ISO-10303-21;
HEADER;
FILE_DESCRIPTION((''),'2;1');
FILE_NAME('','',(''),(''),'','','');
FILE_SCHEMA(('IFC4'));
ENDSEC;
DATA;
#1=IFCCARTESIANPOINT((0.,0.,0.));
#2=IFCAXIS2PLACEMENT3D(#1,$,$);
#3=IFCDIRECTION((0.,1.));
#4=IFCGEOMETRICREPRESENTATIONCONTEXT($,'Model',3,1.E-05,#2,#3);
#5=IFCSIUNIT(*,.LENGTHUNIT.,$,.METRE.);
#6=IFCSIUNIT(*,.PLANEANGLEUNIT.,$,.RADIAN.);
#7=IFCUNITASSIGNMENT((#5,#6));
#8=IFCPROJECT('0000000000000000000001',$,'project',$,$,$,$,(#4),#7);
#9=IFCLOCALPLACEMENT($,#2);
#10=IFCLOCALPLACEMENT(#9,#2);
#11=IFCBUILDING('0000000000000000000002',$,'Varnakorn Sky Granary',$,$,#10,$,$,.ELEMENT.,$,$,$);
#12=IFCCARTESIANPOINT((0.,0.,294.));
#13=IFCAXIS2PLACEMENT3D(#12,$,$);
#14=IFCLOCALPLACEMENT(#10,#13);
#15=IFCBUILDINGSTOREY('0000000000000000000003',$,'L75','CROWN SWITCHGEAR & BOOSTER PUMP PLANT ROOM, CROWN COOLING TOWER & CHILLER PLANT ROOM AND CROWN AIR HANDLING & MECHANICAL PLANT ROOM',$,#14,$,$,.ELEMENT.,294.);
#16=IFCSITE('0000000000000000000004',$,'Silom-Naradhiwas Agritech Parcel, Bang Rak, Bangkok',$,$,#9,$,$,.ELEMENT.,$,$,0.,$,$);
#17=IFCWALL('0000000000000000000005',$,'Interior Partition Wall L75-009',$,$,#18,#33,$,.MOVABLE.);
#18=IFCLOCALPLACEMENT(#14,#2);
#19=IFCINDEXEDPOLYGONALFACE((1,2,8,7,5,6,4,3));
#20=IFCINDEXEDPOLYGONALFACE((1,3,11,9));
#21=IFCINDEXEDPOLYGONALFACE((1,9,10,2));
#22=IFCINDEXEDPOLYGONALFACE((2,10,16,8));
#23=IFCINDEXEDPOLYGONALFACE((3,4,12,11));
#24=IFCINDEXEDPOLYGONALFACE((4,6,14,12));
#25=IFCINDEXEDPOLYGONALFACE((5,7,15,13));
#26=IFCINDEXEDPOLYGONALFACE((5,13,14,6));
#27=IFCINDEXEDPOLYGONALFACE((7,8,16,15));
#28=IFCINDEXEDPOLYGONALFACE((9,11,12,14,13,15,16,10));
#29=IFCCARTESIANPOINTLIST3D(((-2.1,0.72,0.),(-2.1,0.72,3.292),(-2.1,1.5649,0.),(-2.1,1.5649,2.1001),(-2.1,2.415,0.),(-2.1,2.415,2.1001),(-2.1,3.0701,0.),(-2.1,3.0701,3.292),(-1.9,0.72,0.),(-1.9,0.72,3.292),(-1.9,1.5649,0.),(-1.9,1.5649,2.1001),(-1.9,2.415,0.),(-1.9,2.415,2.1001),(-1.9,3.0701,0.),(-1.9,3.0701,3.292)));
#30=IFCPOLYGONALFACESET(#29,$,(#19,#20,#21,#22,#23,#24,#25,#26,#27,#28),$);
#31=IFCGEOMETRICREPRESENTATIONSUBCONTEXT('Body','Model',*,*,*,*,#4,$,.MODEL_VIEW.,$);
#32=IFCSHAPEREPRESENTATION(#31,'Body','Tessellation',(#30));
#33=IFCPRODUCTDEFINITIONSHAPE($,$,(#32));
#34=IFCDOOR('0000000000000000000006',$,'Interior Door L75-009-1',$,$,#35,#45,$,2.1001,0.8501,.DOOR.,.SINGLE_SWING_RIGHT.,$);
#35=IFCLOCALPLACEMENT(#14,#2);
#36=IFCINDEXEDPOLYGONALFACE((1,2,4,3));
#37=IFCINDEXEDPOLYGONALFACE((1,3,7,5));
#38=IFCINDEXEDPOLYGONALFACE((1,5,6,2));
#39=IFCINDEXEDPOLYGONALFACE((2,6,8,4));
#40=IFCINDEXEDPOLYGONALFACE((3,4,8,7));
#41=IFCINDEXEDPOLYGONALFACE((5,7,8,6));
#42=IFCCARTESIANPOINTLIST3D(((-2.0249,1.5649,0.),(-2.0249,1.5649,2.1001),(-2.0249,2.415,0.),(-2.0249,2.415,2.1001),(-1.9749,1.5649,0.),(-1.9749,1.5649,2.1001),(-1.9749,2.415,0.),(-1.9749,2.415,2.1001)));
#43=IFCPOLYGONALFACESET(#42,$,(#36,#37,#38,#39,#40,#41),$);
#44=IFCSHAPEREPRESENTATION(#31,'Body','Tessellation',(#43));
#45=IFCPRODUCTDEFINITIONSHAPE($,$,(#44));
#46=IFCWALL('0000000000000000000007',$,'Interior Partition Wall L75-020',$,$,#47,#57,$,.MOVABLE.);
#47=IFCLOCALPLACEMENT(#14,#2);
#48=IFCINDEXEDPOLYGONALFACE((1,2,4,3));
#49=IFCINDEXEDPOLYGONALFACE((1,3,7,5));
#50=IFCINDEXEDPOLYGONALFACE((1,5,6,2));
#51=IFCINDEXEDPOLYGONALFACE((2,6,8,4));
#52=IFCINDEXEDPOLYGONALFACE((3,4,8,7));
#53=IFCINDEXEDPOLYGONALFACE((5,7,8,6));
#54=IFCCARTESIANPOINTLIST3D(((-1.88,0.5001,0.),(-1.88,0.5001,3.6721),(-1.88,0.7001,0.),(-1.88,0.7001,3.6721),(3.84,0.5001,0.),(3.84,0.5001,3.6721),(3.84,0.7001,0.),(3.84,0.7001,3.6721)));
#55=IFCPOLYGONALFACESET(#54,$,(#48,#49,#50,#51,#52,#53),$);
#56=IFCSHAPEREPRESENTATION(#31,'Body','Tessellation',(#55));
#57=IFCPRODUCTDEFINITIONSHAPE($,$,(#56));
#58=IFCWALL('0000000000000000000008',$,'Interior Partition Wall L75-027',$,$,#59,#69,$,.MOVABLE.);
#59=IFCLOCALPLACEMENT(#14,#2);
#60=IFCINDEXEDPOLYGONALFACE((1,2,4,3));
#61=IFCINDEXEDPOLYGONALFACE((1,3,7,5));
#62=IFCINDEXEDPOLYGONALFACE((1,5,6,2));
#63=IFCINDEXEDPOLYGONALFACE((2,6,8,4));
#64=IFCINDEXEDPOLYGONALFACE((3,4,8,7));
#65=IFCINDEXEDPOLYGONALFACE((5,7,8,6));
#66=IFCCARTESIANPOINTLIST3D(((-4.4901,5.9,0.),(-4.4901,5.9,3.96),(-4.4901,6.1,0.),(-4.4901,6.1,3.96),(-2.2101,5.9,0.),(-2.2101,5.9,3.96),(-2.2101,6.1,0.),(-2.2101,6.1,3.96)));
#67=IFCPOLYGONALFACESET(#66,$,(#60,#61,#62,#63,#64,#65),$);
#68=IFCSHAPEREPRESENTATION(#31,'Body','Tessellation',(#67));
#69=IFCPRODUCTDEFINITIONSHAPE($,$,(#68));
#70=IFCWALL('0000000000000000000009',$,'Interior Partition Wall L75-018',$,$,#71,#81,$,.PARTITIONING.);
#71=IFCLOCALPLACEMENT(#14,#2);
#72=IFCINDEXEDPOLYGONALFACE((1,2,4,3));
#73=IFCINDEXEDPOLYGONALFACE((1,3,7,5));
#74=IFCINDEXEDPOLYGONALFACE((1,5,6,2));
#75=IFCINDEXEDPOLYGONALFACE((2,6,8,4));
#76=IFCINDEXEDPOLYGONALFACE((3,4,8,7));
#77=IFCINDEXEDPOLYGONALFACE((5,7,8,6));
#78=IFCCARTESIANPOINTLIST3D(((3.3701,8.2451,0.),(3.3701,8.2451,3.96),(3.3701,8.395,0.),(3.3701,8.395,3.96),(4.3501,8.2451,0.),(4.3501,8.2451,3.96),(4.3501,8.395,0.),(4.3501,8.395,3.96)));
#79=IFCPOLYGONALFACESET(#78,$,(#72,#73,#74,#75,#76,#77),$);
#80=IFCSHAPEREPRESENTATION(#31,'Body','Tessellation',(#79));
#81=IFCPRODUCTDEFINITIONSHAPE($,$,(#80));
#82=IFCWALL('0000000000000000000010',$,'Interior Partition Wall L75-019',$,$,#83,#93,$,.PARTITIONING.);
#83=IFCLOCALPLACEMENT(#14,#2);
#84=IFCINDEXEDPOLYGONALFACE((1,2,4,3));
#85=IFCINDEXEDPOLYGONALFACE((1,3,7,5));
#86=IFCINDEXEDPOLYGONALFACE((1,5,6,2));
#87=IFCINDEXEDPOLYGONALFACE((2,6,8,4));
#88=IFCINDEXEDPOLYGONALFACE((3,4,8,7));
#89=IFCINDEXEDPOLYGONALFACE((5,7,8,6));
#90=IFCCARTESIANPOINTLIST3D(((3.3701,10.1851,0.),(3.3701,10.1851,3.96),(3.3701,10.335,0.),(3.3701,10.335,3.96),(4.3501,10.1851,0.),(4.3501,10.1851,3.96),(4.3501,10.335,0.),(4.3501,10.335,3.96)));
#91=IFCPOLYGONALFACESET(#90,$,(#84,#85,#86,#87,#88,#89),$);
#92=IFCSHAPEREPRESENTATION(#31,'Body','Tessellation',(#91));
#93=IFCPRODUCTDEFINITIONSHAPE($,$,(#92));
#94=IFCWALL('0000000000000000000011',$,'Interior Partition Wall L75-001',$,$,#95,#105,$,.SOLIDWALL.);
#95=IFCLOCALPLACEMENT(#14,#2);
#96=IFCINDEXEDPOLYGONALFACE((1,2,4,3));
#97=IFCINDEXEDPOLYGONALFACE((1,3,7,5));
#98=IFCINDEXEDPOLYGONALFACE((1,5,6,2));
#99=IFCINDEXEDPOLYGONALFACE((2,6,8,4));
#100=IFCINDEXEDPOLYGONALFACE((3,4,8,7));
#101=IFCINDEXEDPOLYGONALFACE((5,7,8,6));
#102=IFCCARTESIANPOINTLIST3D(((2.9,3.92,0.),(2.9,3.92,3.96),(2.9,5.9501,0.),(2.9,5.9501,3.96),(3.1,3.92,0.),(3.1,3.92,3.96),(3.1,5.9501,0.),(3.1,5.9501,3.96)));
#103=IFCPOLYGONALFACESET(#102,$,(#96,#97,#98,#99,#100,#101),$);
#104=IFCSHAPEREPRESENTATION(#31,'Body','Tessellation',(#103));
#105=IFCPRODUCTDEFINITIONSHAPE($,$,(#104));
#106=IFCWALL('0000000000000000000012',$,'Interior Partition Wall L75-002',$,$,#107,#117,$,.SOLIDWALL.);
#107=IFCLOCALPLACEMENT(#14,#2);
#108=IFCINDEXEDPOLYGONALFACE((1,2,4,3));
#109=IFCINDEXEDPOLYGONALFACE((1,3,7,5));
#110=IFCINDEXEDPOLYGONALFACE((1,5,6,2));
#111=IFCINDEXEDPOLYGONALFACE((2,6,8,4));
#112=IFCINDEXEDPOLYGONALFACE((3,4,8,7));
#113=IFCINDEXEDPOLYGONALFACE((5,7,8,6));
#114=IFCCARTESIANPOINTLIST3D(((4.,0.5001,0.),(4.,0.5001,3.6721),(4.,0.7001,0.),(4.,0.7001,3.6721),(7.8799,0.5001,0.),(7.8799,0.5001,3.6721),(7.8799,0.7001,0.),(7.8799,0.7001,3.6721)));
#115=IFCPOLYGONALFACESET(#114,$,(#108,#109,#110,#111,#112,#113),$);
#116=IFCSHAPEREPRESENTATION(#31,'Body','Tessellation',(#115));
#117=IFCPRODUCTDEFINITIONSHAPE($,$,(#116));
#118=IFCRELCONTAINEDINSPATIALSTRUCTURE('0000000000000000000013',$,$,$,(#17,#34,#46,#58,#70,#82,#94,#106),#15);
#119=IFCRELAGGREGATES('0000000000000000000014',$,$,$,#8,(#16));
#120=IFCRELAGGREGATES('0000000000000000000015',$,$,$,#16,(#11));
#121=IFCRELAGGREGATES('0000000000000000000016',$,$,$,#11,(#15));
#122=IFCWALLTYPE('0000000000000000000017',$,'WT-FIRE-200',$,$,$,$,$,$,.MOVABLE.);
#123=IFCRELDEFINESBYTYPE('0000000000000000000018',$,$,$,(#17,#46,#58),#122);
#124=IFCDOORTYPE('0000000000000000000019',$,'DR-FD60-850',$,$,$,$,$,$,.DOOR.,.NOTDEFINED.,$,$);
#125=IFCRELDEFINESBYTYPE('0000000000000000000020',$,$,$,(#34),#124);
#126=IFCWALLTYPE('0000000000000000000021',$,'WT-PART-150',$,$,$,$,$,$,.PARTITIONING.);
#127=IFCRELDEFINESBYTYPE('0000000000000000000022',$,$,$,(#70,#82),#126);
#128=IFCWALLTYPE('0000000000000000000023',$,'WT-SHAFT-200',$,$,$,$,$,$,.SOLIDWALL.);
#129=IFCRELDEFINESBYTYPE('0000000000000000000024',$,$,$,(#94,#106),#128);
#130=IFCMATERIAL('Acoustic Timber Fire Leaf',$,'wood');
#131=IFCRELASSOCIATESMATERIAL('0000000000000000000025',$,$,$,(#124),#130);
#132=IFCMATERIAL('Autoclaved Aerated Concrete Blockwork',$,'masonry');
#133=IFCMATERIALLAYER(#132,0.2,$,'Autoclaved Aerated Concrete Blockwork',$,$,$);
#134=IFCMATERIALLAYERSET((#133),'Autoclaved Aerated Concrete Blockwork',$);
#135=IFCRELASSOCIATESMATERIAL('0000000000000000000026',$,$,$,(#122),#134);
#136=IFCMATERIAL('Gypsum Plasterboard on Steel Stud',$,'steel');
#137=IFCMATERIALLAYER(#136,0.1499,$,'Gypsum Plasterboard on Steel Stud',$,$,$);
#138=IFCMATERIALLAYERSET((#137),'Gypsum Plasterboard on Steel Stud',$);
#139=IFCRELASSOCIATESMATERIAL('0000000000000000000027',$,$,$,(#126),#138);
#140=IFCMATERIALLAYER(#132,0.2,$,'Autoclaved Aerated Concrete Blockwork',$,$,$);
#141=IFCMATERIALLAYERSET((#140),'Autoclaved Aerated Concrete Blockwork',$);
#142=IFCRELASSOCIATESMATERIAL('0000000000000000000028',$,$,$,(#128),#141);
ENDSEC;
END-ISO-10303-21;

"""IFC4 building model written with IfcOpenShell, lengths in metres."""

from ifc_helpers import new_model, si_unit, direction, frame, frame_2d, origin, place, context, subcontext, project, spatial, rectangle, extrude, material, layer, layer_set, type_object, element, fill, save


model = new_model("IFC4")

# Units and contexts
model_context = context("Model", 3, precision=1e-05, world=origin(), true_north=direction((0.0, 1.0)))
body_context = subcontext(model_context, "Body", "Model", "MODEL_VIEW")
ifc_project = project(units=[si_unit("LENGTHUNIT", "METRE"), si_unit("PLANEANGLEUNIT", "RADIAN")], contexts=[model_context])

# Site, building, storey
site_placement = place(None, origin())
site = spatial("IfcSite", under=ifc_project, at=site_placement, Name="Silom-Naradhiwas Agritech Parcel, Bang Rak, Bangkok", CompositionType="ELEMENT", RefElevation=0.0)
building_placement = place(site_placement, origin())
building = spatial("IfcBuilding", under=site, at=building_placement, Name="Varnakorn Sky Granary", CompositionType="ELEMENT")
storey_placement = place(building_placement, frame((0.0, 0.0, 294.0)))
storey = spatial("IfcBuildingStorey", under=building, at=storey_placement, Name="L75", Description="CROWN SWITCHGEAR & BOOSTER PUMP PLANT ROOM, CROWN COOLING TOWER & CHILLER PLANT ROOM AND CROWN AIR HANDLING & MECHANICAL PLANT ROOM", CompositionType="ELEMENT", Elevation=294.0)

# Shared definitions
ifc_material_1 = material(Name="Acoustic Timber Fire Leaf", Category="wood")
door_type_1 = type_object("IfcDoorType", Name="DR-FD60-850", OperationType="NOTDEFINED", PredefinedType="DOOR", material=ifc_material_1)

# Shared definitions
ifc_material_2 = material(Name="Autoclaved Aerated Concrete Blockwork", Category="masonry")
ifc_layer_1 = layer(ifc_material_2, 0.2, Name="Autoclaved Aerated Concrete Blockwork")
ifc_layer_set_1 = layer_set([ifc_layer_1], Name="Autoclaved Aerated Concrete Blockwork")
wall_type_1 = type_object("IfcWallType", Name="WT-FIRE-200", PredefinedType="MOVABLE", material=ifc_layer_set_1)

# Wall, opening, door
wall_1_placement = place(storey_placement, frame((-2.0, 0.72, 0.0), z_axis=(0.0, 0.0, 1.0), x_axis=(0.0, 1.0, 0.0)))
wall_1 = element("IfcWall", 1, at=wall_1_placement, inside=storey, type_object=wall_type_1, Name="Interior Partition Wall L75-009", PredefinedType="MOVABLE", context=body_context, shape_type="SweptSolid", body=[
    extrude(rectangle(XDim=2.3501, YDim=0.2, at=frame_2d((1.175, 0.0))), origin(), (0.0, 0.0, 1.0), 3.292),
])
opening_1_placement = place(wall_1_placement, frame((0.845, 0.0, 0.0)))
opening_1 = element("IfcOpeningElement", 2, at=opening_1_placement, cuts=wall_1, PredefinedType="OPENING", context=body_context, shape_type="SweptSolid", body=[
    extrude(rectangle(XDim=0.8501, YDim=2.1001, at=frame_2d((0.425, 1.05))), frame((0.0, 0.1099, 0.0), z_axis=(0.0, -1.0, 0.0), x_axis=(1.0, 0.0, 0.0)), (0.0, 0.0, 1.0), 0.22),
])
door_1_placement = place(opening_1_placement, origin())
door_1 = element("IfcDoor", 3, at=door_1_placement, inside=storey, type_object=door_type_1, Name="Interior Door L75-009-1", OperationType="SINGLE_SWING_RIGHT", OverallHeight=2.1001, OverallWidth=0.8501, PredefinedType="DOOR", context=body_context, shape_type="SweptSolid", body=[
    extrude(rectangle(XDim=0.8501, YDim=2.1001, at=frame_2d((0.425, 1.05))), frame((0.0, 0.0249, 0.0), z_axis=(0.0, -1.0, 0.0), x_axis=(1.0, 0.0, 0.0)), (0.0, 0.0, 1.0), 0.05),
])
fill(opening_1, door_1)

# Walls
wall_2_placement = place(storey_placement, frame((-1.8799, 0.6001, 0.0), z_axis=(0.0, 0.0, 1.0), x_axis=(1.0, 0.0, 0.0)))
element("IfcWall", 4, at=wall_2_placement, inside=storey, type_object=wall_type_1, Name="Interior Partition Wall L75-020", PredefinedType="MOVABLE", context=body_context, shape_type="SweptSolid", body=[
    extrude(rectangle(XDim=5.72, YDim=0.2, at=frame_2d((2.8599, 0.0))), origin(), (0.0, 0.0, 1.0), 3.6721),
])
wall_3_placement = place(storey_placement, frame((-2.21, 6.0, 0.0), z_axis=(0.0, 0.0, 1.0), x_axis=(-1.0, 0.0, 0.0)))
element("IfcWall", 5, at=wall_3_placement, inside=storey, type_object=wall_type_1, Name="Interior Partition Wall L75-027", PredefinedType="MOVABLE", context=body_context, shape_type="SweptSolid", body=[
    extrude(rectangle(XDim=2.28, YDim=0.2, at=frame_2d((1.1401, 0.0))), origin(), (0.0, 0.0, 1.0), 3.96),
])
ifc_material_3 = material(Name="Gypsum Plasterboard on Steel Stud", Category="steel")
ifc_layer_2 = layer(ifc_material_3, 0.1499, Name="Gypsum Plasterboard on Steel Stud")
ifc_layer_set_2 = layer_set([ifc_layer_2], Name="Gypsum Plasterboard on Steel Stud")
wall_type_2 = type_object("IfcWallType", Name="WT-PART-150", PredefinedType="PARTITIONING", material=ifc_layer_set_2)
for number, where, z_axis, x_axis, name in (
    (6, (3.3701, 8.3201, 0.0), (0.0, 0.0, 1.0), (1.0, 0.0, 0.0), "Interior Partition Wall L75-018"),
    (7, (3.3701, 10.26, 0.0), (0.0, 0.0, 1.0), (1.0, 0.0, 0.0), "Interior Partition Wall L75-019"),
):
    element("IfcWall", number, at=place(storey_placement, frame(where, z_axis=z_axis, x_axis=x_axis)), inside=storey, type_object=wall_type_2, Name=name, PredefinedType="PARTITIONING", context=body_context, shape_type="SweptSolid", body=[
        extrude(rectangle(XDim=0.98, YDim=0.1499, at=frame_2d((0.49, 0.0))), origin(), (0.0, 0.0, 1.0), 3.96),
    ])
ifc_layer_3 = layer(ifc_material_2, 0.2, Name="Autoclaved Aerated Concrete Blockwork")
ifc_layer_set_3 = layer_set([ifc_layer_3], Name="Autoclaved Aerated Concrete Blockwork")
wall_type_3 = type_object("IfcWallType", Name="WT-SHAFT-200", PredefinedType="SOLIDWALL", material=ifc_layer_set_3)
wall_4_placement = place(storey_placement, frame((3.0, 3.9199, 0.0), z_axis=(0.0, 0.0, 1.0), x_axis=(0.0, 1.0, 0.0)))
element("IfcWall", 8, at=wall_4_placement, inside=storey, type_object=wall_type_3, Name="Interior Partition Wall L75-001", PredefinedType="SOLIDWALL", context=body_context, shape_type="SweptSolid", body=[
    extrude(rectangle(XDim=2.03, YDim=0.2, at=frame_2d((1.0151, 0.0))), origin(), (0.0, 0.0, 1.0), 3.96),
])
wall_5_placement = place(storey_placement, frame((4.0, 0.6001, 0.0), z_axis=(0.0, 0.0, 1.0), x_axis=(1.0, 0.0, 0.0)))
element("IfcWall", 9, at=wall_5_placement, inside=storey, type_object=wall_type_3, Name="Interior Partition Wall L75-002", PredefinedType="SOLIDWALL", context=body_context, shape_type="SweptSolid", body=[
    extrude(rectangle(XDim=3.8799, YDim=0.2, at=frame_2d((1.9399, 0.0))), origin(), (0.0, 0.0, 1.0), 3.6721),
])

save(model, "model.ifc")
